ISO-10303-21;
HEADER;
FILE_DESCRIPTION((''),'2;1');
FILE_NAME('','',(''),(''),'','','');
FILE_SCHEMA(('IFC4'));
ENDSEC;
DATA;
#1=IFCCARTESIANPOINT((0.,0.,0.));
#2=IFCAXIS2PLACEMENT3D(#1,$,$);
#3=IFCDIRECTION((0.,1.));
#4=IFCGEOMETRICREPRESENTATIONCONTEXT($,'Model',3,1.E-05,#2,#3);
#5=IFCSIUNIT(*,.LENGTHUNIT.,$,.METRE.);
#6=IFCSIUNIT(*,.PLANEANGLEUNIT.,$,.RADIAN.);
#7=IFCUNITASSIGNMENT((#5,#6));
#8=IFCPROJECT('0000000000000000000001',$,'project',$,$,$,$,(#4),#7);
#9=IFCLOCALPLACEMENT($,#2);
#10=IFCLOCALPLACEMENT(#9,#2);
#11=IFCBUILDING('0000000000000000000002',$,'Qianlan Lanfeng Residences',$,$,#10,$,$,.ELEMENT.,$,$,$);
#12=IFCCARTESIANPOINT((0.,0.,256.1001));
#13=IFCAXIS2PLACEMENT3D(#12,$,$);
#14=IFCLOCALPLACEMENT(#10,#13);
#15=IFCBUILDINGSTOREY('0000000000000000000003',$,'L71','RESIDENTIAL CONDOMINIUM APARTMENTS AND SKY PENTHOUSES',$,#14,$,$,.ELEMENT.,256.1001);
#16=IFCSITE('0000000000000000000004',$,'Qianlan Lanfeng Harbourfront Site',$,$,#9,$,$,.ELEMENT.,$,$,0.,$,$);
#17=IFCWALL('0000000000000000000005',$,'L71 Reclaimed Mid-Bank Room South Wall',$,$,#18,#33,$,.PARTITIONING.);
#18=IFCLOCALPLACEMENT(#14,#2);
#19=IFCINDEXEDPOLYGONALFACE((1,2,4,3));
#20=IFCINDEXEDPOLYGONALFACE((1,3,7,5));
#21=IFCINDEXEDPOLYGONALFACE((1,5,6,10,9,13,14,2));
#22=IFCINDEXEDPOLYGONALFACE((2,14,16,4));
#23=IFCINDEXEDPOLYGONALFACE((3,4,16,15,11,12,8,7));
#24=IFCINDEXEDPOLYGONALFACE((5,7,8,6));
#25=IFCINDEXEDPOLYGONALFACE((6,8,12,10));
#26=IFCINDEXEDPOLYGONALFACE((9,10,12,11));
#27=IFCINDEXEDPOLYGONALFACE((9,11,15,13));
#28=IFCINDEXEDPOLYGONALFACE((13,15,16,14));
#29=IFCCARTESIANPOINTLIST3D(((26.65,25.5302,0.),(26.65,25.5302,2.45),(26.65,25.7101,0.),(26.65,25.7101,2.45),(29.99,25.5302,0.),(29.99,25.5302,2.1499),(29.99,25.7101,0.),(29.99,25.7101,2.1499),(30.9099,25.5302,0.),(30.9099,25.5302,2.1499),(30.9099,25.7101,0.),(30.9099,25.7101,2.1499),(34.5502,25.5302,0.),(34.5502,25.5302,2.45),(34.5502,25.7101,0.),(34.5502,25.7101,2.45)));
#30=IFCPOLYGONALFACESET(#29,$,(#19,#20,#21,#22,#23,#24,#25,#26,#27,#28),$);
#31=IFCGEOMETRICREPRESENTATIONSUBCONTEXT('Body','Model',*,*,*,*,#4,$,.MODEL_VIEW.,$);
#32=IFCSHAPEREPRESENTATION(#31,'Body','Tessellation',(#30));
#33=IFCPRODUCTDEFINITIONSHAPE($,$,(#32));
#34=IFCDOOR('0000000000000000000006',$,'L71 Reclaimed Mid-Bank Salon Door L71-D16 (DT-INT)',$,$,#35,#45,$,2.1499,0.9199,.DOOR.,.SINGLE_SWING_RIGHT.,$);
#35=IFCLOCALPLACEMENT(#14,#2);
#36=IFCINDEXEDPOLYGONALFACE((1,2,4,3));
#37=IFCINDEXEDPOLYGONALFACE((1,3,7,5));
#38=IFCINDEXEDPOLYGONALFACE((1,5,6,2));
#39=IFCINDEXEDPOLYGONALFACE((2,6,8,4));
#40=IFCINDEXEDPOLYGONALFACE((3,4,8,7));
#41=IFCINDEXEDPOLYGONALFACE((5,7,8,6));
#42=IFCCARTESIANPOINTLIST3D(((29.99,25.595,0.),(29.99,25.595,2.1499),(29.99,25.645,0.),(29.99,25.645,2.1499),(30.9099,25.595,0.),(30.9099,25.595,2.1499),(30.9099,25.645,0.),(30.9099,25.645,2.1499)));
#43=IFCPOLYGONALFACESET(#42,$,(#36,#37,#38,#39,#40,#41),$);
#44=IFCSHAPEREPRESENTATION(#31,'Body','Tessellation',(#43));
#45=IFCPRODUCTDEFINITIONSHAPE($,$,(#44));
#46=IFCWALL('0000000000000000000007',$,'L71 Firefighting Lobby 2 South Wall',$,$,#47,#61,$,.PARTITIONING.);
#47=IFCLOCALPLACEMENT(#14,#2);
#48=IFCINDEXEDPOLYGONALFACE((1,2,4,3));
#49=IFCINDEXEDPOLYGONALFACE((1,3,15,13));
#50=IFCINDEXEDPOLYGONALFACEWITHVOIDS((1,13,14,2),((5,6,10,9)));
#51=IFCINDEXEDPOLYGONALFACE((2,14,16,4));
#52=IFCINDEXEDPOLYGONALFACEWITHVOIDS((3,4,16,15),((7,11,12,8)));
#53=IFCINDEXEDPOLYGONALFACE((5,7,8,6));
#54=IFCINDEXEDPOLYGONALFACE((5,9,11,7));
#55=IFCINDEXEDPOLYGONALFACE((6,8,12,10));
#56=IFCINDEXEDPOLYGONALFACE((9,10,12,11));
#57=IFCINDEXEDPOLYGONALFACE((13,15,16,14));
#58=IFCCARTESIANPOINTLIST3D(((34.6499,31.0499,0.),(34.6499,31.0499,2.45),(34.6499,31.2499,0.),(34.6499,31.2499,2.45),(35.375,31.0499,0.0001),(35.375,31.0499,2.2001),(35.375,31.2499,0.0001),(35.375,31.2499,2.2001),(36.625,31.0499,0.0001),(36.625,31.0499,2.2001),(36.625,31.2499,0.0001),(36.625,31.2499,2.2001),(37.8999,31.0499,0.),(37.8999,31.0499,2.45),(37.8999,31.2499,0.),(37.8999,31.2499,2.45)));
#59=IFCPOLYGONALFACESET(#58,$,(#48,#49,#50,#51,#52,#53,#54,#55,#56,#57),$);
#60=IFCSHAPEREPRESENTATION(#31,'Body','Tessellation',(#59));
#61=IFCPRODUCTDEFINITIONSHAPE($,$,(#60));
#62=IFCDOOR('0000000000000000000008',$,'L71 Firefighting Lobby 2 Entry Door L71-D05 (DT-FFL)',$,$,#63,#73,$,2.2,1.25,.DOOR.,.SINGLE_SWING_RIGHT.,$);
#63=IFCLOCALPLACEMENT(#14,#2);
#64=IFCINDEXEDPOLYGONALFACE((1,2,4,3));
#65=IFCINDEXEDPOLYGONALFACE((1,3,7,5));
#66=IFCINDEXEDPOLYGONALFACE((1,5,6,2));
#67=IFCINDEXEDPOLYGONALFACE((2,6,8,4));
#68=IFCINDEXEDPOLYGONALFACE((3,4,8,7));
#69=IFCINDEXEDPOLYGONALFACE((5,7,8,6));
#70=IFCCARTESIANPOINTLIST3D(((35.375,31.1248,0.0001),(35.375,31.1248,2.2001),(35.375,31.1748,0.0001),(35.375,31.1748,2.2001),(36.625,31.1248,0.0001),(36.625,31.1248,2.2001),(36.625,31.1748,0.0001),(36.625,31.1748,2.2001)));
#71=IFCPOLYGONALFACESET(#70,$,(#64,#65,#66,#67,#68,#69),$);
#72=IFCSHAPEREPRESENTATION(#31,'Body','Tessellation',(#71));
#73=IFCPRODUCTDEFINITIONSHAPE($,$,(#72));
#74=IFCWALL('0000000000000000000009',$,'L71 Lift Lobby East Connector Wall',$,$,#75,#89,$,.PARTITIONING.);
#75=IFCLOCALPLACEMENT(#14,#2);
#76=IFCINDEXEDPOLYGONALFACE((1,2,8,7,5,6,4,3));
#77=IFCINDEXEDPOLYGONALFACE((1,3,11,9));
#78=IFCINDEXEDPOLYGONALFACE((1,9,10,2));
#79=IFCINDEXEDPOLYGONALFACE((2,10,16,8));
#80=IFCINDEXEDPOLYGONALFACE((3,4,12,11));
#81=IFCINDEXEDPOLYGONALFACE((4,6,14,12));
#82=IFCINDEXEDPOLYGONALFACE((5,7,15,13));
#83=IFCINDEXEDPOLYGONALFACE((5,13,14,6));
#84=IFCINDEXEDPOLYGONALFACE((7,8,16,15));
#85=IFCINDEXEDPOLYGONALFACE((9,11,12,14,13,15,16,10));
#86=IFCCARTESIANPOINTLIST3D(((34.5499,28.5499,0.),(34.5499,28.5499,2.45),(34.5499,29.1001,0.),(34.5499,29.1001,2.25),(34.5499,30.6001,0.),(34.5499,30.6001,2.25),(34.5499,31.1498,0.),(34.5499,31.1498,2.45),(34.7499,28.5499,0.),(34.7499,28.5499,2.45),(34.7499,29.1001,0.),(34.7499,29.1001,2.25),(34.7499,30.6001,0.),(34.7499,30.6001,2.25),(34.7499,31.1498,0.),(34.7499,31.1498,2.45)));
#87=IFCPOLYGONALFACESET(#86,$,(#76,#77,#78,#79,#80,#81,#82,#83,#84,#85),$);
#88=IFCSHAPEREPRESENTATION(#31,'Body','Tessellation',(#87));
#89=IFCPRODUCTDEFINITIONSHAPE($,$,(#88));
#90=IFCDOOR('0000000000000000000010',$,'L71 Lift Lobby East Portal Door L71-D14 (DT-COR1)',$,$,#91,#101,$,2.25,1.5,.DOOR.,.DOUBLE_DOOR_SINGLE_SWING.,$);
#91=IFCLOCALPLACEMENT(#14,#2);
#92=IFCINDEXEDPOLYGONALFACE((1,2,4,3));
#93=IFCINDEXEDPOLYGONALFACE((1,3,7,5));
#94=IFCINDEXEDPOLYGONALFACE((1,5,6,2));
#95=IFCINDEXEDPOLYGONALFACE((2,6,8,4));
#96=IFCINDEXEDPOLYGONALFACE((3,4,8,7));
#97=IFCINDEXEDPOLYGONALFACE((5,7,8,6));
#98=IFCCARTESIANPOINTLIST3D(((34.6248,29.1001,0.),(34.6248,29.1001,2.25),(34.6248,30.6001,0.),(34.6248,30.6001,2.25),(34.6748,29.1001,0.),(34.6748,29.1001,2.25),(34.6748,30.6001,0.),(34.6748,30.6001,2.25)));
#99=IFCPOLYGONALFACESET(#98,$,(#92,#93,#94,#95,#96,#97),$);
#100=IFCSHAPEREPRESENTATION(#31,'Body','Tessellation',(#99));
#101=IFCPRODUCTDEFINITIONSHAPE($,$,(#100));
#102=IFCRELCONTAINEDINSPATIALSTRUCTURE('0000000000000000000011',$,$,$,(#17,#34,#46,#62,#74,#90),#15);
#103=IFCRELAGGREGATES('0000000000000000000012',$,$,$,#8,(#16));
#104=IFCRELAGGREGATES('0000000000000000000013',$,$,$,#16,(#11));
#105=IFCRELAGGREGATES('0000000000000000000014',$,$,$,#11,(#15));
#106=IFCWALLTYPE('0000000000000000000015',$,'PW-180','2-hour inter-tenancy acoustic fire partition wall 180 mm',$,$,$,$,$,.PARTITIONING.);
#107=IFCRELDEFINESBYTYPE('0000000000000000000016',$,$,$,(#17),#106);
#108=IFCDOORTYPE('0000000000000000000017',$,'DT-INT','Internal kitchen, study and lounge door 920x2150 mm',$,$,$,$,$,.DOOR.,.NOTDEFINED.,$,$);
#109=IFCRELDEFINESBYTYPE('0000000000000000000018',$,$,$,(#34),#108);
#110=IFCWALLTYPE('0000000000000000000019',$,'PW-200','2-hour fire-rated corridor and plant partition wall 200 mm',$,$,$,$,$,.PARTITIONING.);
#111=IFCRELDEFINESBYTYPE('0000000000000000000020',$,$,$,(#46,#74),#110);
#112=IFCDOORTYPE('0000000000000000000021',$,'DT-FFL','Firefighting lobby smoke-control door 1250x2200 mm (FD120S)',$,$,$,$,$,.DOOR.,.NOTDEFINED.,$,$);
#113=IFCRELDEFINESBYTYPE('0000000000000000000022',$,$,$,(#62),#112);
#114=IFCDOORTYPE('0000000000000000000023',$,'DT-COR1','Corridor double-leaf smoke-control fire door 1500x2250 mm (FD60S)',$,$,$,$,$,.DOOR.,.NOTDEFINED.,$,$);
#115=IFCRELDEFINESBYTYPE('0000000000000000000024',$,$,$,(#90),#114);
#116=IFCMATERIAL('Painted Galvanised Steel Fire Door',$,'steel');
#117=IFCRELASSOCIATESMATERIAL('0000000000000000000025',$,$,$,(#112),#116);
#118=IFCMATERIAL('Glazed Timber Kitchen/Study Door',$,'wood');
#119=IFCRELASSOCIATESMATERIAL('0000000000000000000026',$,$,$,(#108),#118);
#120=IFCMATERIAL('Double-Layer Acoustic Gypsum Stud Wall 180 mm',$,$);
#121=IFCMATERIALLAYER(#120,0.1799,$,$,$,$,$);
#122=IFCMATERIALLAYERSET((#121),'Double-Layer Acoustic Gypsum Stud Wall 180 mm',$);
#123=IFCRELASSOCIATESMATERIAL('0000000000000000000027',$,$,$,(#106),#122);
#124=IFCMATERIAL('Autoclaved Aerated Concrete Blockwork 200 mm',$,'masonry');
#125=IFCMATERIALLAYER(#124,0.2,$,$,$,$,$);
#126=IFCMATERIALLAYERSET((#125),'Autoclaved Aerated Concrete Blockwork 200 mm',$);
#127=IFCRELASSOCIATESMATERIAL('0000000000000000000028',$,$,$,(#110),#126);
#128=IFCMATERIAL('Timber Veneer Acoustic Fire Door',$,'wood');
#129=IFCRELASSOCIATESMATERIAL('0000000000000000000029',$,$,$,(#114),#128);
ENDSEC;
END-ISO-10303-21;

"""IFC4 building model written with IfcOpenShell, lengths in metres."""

from ifc_helpers import new_model, si_unit, direction, frame, frame_2d, origin, place, context, subcontext, project, spatial, rectangle, extrude, material, layer, layer_set, type_object, element, fill, save


model = new_model("IFC4")

# Units and contexts
model_context = context("Model", 3, precision=1e-05, world=origin(), true_north=direction((0.0, 1.0)))
body_context = subcontext(model_context, "Body", "Model", "MODEL_VIEW")
ifc_project = project(units=[si_unit("LENGTHUNIT", "METRE"), si_unit("PLANEANGLEUNIT", "RADIAN")], contexts=[model_context])

# Site, building, storey
site_placement = place(None, origin())
site = spatial("IfcSite", under=ifc_project, at=site_placement, Name="Qianlan Lanfeng Harbourfront Site", CompositionType="ELEMENT", RefElevation=0.0)
building_placement = place(site_placement, origin())
building = spatial("IfcBuilding", under=site, at=building_placement, Name="Qianlan Lanfeng Residences", CompositionType="ELEMENT")
storey_placement = place(building_placement, frame((0.0, 0.0, 256.1001)))
storey = spatial("IfcBuildingStorey", under=building, at=storey_placement, Name="L71", Description="RESIDENTIAL CONDOMINIUM APARTMENTS AND SKY PENTHOUSES", CompositionType="ELEMENT", Elevation=256.1001)

# Shared definitions
ifc_material_1 = material(Name="Painted Galvanised Steel Fire Door", Category="steel")
door_type_1 = type_object("IfcDoorType", Name="DT-FFL", Description="Firefighting lobby smoke-control door 1250x2200 mm (FD120S)", OperationType="NOTDEFINED", PredefinedType="DOOR", material=ifc_material_1)
ifc_material_2 = material(Name="Glazed Timber Kitchen/Study Door", Category="wood")
door_type_2 = type_object("IfcDoorType", Name="DT-INT", Description="Internal kitchen, study and lounge door 920x2150 mm", OperationType="NOTDEFINED", PredefinedType="DOOR", material=ifc_material_2)

# Shared definitions
ifc_material_3 = material(Name="Double-Layer Acoustic Gypsum Stud Wall 180 mm")
ifc_layer_1 = layer(ifc_material_3, 0.1799)
ifc_layer_set_1 = layer_set([ifc_layer_1], Name="Double-Layer Acoustic Gypsum Stud Wall 180 mm")
wall_type_1 = type_object("IfcWallType", Name="PW-180", Description="2-hour inter-tenancy acoustic fire partition wall 180 mm", PredefinedType="PARTITIONING", material=ifc_layer_set_1)

# Walls, openings, doors
wall_1_placement = place(storey_placement, frame((26.6499, 25.6201, 0.0), z_axis=(0.0, 0.0, 1.0), x_axis=(1.0, 0.0, 0.0)))
wall_1 = element("IfcWall", 1, at=wall_1_placement, inside=storey, type_object=wall_type_1, Name="L71 Reclaimed Mid-Bank Room South Wall", PredefinedType="PARTITIONING", context=body_context, shape_type="SweptSolid", body=[
    extrude(rectangle(XDim=7.9001, YDim=0.1799, at=frame_2d((3.9502, 0.0))), origin(), (0.0, 0.0, 1.0), 2.45),
])
opening_1_placement = place(wall_1_placement, frame((3.3401, 0.0, 0.0)))
opening_1 = element("IfcOpeningElement", 2, at=opening_1_placement, cuts=wall_1, PredefinedType="OPENING", context=body_context, shape_type="SweptSolid", body=[
    extrude(rectangle(XDim=0.9199, YDim=2.1499, at=frame_2d((0.46, 1.075))), frame((0.0, 0.1001, 0.0), z_axis=(0.0, -1.0, 0.0), x_axis=(1.0, 0.0, 0.0)), (0.0, 0.0, 1.0), 0.2),
])
door_1_placement = place(opening_1_placement, origin())
door_1 = element("IfcDoor", 3, at=door_1_placement, inside=storey, type_object=door_type_2, Name="L71 Reclaimed Mid-Bank Salon Door L71-D16 (DT-INT)", OperationType="SINGLE_SWING_RIGHT", OverallHeight=2.1499, OverallWidth=0.9199, PredefinedType="DOOR", context=body_context, shape_type="SweptSolid", body=[
    extrude(rectangle(XDim=0.9199, YDim=2.1499, at=frame_2d((0.46, 1.075))), frame((0.0, 0.0249, 0.0), z_axis=(0.0, -1.0, 0.0), x_axis=(1.0, 0.0, 0.0)), (0.0, 0.0, 1.0), 0.05),
])
fill(opening_1, door_1)
ifc_material_4 = material(Name="Autoclaved Aerated Concrete Blockwork 200 mm", Category="masonry")
ifc_layer_2 = layer(ifc_material_4, 0.2)
ifc_layer_set_2 = layer_set([ifc_layer_2], Name="Autoclaved Aerated Concrete Blockwork 200 mm")
wall_type_2 = type_object("IfcWallType", Name="PW-200", Description="2-hour fire-rated corridor and plant partition wall 200 mm", PredefinedType="PARTITIONING", material=ifc_layer_set_2)
wall_2_placement = place(storey_placement, frame((34.6499, 31.1499, 0.0), z_axis=(0.0, 0.0, 1.0), x_axis=(1.0, 0.0, 0.0)))
wall_2 = element("IfcWall", 4, at=wall_2_placement, inside=storey, type_object=wall_type_2, Name="L71 Firefighting Lobby 2 South Wall", PredefinedType="PARTITIONING", context=body_context, shape_type="SweptSolid", body=[
    extrude(rectangle(XDim=3.25, YDim=0.2, at=frame_2d((1.625, 0.0))), origin(), (0.0, 0.0, 1.0), 2.45),
])
opening_2_placement = place(wall_2_placement, frame((0.7251, 0.0, 0.0)))
opening_2 = element("IfcOpeningElement", 5, at=opening_2_placement, cuts=wall_2, PredefinedType="OPENING", context=body_context, shape_type="SweptSolid", body=[
    extrude(rectangle(XDim=1.25, YDim=2.2, at=frame_2d((0.625, 1.1001))), frame((0.0, 0.1099, 0.0), z_axis=(0.0, -1.0, 0.0), x_axis=(1.0, 0.0, 0.0)), (0.0, 0.0, 1.0), 0.22),
])
door_2_placement = place(opening_2_placement, origin())
door_2 = element("IfcDoor", 6, at=door_2_placement, inside=storey, type_object=door_type_1, Name="L71 Firefighting Lobby 2 Entry Door L71-D05 (DT-FFL)", OperationType="SINGLE_SWING_RIGHT", OverallHeight=2.2, OverallWidth=1.25, PredefinedType="DOOR", context=body_context, shape_type="SweptSolid", body=[
    extrude(rectangle(XDim=1.25, YDim=2.2, at=frame_2d((0.625, 1.1001))), frame((0.0, 0.0249, 0.0), z_axis=(0.0, -1.0, 0.0), x_axis=(1.0, 0.0, 0.0)), (0.0, 0.0, 1.0), 0.05),
])
fill(opening_2, door_2)
wall_3_placement = place(storey_placement, frame((34.6499, 28.55, 0.0), z_axis=(0.0, 0.0, 1.0), x_axis=(0.0, 1.0, 0.0)))
wall_3 = element("IfcWall", 7, at=wall_3_placement, inside=storey, type_object=wall_type_2, Name="L71 Lift Lobby East Connector Wall", PredefinedType="PARTITIONING", context=body_context, shape_type="SweptSolid", body=[
    extrude(rectangle(XDim=2.5999, YDim=0.2, at=frame_2d((1.2998, 0.0))), origin(), (0.0, 0.0, 1.0), 2.45),
])
opening_3_placement = place(wall_3_placement, frame((0.55, 0.0, 0.0)))
opening_3 = element("IfcOpeningElement", 8, at=opening_3_placement, cuts=wall_3, PredefinedType="OPENING", context=body_context, shape_type="SweptSolid", body=[
    extrude(rectangle(XDim=1.5, YDim=2.25, at=frame_2d((0.75, 1.125))), frame((0.0, 0.1099, 0.0), z_axis=(0.0, -1.0, 0.0), x_axis=(1.0, 0.0, 0.0)), (0.0, 0.0, 1.0), 0.22),
])
ifc_material_5 = material(Name="Timber Veneer Acoustic Fire Door", Category="wood")
door_type_3 = type_object("IfcDoorType", Name="DT-COR1", Description="Corridor double-leaf smoke-control fire door 1500x2250 mm (FD60S)", OperationType="NOTDEFINED", PredefinedType="DOOR", material=ifc_material_5)
door_3_placement = place(opening_3_placement, frame((1.5, 0.0, 0.0), z_axis=(0.0, 0.0, 1.0), x_axis=(-1.0, 0.0, 0.0)))
door_3 = element("IfcDoor", 9, at=door_3_placement, inside=storey, type_object=door_type_3, Name="L71 Lift Lobby East Portal Door L71-D14 (DT-COR1)", OperationType="DOUBLE_DOOR_SINGLE_SWING", OverallHeight=2.25, OverallWidth=1.5, PredefinedType="DOOR", context=body_context, shape_type="SweptSolid", body=[
    extrude(rectangle(XDim=1.5, YDim=2.25, at=frame_2d((0.75, 1.125))), frame((0.0, 0.0249, 0.0), z_axis=(0.0, -1.0, 0.0), x_axis=(1.0, 0.0, 0.0)), (0.0, 0.0, 1.0), 0.05),
])
fill(opening_3, door_3)

save(model, "model.ifc")
